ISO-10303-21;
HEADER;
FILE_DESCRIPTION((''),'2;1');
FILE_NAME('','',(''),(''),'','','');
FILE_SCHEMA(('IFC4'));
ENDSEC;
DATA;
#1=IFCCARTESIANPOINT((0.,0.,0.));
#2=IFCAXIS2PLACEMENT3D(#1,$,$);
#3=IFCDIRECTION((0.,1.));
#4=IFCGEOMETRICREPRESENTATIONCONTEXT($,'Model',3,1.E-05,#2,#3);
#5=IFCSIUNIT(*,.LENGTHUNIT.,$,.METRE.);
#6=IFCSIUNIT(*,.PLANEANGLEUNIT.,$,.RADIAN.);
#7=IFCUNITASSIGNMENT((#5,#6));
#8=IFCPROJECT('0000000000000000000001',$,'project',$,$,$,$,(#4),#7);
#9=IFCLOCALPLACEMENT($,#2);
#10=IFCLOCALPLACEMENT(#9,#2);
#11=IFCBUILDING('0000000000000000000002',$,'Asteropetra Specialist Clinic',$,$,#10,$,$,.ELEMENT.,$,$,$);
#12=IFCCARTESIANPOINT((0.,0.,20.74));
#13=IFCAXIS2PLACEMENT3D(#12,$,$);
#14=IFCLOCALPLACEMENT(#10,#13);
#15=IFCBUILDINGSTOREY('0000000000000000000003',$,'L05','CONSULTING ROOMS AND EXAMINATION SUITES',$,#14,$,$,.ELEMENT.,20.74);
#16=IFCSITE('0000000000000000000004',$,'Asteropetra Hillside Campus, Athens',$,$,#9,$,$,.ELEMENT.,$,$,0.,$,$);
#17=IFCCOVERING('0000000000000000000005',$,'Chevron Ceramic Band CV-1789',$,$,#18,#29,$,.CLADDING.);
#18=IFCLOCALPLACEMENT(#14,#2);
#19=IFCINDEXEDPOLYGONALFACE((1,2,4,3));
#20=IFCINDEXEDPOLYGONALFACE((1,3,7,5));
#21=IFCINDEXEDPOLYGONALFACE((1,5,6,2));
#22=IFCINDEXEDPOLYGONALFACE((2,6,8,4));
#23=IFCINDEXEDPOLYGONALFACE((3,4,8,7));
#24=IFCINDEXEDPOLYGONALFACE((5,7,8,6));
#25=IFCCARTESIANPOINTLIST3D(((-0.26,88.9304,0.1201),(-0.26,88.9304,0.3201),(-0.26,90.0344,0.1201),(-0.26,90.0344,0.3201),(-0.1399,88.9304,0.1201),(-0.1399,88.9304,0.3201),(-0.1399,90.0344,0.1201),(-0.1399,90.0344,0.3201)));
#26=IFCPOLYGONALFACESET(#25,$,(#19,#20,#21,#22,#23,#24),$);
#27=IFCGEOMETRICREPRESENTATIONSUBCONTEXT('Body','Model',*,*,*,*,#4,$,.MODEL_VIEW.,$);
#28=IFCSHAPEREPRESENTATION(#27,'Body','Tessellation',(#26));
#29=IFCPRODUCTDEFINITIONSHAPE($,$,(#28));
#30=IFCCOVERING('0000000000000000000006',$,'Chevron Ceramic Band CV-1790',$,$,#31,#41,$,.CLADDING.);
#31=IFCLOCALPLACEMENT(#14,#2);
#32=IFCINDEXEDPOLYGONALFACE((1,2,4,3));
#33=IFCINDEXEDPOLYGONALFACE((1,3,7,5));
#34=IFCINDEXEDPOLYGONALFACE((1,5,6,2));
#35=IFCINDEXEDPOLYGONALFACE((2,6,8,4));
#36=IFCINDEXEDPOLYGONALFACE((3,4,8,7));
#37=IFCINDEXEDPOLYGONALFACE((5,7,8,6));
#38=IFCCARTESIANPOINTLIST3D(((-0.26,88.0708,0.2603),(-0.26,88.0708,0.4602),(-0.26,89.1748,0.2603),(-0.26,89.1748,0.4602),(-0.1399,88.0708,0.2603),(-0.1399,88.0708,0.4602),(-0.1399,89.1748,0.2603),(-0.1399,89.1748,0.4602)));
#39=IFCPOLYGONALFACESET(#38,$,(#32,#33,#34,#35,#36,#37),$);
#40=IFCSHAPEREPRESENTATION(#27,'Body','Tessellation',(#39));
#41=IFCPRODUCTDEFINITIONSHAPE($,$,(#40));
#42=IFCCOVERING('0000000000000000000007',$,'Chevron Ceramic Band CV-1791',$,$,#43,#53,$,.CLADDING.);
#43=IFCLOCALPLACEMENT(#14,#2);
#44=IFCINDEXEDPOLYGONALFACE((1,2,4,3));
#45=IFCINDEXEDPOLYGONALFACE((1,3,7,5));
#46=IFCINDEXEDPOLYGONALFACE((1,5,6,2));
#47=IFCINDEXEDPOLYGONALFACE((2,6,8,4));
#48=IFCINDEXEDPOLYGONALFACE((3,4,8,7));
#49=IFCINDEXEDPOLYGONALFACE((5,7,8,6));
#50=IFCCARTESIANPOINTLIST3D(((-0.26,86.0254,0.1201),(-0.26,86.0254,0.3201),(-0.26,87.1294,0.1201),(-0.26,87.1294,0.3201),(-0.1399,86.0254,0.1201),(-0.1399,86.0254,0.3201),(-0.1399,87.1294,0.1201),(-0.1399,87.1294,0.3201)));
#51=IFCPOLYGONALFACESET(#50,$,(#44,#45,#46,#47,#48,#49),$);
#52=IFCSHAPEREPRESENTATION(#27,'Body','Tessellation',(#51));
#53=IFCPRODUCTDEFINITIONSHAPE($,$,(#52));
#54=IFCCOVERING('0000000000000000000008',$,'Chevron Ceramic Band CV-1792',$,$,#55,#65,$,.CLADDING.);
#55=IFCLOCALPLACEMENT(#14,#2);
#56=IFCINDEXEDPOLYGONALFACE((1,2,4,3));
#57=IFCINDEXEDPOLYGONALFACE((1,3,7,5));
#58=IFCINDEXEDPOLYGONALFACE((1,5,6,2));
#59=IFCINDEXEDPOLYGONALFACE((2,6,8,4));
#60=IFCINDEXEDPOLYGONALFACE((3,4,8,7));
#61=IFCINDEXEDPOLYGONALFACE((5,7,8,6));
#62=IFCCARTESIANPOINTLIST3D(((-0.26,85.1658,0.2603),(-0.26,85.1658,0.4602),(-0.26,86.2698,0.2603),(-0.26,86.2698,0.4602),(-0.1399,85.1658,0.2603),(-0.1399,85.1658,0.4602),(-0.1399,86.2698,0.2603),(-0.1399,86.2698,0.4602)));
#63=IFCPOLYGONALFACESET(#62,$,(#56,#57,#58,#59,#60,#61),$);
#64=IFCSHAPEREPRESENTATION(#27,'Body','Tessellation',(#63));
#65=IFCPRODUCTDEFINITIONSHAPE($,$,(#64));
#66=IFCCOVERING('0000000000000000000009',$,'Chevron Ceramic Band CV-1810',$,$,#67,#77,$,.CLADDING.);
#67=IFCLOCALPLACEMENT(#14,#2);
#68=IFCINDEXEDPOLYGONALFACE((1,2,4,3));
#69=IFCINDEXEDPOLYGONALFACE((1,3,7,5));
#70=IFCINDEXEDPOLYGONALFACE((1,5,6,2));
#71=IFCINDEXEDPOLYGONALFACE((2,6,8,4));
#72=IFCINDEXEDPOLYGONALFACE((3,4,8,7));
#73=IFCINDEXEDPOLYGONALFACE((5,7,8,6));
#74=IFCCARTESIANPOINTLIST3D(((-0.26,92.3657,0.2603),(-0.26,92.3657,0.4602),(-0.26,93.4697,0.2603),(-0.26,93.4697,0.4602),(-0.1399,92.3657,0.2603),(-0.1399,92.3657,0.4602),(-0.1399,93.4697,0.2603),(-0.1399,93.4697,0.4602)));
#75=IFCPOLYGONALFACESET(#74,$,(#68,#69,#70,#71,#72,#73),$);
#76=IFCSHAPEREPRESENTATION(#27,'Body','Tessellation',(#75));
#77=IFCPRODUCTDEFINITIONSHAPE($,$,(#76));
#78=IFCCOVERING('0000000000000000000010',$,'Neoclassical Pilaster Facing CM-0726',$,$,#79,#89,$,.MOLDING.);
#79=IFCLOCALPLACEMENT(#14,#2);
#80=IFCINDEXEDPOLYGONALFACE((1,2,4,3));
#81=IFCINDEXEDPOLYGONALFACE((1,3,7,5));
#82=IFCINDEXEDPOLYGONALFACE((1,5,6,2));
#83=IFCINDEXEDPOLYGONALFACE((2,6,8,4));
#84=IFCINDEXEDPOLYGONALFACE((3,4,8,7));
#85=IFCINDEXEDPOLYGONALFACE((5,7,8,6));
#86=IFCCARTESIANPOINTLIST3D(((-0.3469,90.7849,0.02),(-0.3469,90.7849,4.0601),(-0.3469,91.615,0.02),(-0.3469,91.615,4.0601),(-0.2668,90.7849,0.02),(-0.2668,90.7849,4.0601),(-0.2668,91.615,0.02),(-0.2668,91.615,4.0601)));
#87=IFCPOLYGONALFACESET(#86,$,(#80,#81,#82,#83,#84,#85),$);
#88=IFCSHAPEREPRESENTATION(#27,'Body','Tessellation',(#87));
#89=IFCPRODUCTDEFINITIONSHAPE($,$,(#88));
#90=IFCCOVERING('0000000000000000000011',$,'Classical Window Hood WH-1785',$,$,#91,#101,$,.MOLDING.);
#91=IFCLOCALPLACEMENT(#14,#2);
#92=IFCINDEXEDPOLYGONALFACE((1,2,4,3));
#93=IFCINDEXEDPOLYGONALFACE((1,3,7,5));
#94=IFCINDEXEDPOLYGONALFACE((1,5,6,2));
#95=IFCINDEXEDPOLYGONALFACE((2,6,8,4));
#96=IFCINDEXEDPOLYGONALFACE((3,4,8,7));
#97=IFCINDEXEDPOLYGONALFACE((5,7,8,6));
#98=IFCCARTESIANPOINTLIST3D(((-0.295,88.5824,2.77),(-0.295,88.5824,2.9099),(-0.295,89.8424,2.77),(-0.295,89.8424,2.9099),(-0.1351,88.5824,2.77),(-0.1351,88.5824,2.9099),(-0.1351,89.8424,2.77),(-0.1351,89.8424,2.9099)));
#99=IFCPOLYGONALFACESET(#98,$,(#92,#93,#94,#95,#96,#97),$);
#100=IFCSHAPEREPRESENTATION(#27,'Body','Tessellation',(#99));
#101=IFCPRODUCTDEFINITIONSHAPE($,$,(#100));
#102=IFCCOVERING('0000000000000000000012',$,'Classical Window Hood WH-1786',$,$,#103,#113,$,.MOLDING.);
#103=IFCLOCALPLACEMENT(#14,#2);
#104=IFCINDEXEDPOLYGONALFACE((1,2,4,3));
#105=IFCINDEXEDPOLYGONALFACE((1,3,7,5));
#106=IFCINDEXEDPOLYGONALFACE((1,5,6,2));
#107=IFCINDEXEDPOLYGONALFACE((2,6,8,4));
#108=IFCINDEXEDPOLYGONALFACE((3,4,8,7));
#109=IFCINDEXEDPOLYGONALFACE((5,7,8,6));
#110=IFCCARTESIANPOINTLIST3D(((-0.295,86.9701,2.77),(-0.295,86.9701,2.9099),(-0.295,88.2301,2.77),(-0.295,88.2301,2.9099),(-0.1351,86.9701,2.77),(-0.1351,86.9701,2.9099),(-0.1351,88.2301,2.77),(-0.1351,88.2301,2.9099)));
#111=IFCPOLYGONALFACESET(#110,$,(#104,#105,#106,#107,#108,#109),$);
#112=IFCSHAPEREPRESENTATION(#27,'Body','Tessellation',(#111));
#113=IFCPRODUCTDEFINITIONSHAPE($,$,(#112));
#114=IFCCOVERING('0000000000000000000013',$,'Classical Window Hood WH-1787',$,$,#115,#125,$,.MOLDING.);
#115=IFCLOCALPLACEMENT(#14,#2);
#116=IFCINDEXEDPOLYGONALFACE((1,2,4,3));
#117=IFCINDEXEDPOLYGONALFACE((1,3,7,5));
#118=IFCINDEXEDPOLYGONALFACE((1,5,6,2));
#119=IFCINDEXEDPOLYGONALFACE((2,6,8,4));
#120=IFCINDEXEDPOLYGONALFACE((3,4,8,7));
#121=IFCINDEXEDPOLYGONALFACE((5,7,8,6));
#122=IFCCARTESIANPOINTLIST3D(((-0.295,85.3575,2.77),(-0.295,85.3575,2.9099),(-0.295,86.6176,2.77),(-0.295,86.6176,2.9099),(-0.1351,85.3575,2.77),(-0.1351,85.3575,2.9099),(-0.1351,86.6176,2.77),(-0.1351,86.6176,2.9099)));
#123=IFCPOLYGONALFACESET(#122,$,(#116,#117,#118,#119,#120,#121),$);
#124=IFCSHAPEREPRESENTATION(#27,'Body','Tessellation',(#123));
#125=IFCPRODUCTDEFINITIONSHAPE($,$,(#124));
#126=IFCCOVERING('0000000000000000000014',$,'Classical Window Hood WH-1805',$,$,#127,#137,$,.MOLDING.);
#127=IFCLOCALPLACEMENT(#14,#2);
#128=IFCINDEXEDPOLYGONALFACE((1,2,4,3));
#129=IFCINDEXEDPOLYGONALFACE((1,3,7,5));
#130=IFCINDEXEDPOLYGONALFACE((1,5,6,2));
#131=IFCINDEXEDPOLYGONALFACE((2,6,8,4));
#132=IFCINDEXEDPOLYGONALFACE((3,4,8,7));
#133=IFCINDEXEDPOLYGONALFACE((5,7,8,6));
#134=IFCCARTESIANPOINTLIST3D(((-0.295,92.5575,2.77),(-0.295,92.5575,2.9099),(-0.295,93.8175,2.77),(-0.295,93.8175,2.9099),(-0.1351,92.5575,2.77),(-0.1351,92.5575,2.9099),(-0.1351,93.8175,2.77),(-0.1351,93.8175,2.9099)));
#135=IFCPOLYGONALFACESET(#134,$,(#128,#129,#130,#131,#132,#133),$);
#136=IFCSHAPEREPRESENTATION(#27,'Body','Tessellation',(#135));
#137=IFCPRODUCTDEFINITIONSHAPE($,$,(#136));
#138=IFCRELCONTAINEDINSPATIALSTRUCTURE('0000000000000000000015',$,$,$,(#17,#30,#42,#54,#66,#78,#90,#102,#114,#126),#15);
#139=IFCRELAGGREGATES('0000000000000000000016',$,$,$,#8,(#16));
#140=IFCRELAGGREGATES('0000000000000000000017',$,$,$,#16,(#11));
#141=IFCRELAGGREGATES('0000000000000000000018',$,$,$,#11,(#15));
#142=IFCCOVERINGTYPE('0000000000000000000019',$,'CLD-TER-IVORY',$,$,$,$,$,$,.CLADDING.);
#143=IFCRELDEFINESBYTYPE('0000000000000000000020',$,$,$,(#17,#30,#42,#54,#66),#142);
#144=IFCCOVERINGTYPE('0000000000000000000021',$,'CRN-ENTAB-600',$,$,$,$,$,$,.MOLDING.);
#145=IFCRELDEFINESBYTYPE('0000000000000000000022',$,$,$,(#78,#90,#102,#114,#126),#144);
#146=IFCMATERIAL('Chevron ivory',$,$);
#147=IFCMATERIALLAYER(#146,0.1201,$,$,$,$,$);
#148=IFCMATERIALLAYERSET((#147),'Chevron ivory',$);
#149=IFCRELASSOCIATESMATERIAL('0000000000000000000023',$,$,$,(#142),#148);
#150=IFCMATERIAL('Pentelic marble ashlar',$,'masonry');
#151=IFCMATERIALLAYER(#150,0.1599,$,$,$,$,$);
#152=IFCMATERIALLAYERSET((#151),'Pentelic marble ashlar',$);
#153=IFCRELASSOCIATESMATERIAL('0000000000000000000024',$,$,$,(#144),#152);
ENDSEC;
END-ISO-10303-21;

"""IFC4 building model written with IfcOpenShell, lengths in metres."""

from ifc_helpers import new_model, si_unit, direction, frame, origin, origin_2d, place, context, subcontext, project, spatial, rectangle, extrude, material, layer, layer_set, type_object, element, save


model = new_model("IFC4")

# Units and contexts
model_context = context("Model", 3, precision=1e-05, world=origin(), true_north=direction((0.0, 1.0)))
body_context = subcontext(model_context, "Body", "Model", "MODEL_VIEW")
ifc_project = project(units=[si_unit("LENGTHUNIT", "METRE"), si_unit("PLANEANGLEUNIT", "RADIAN")], contexts=[model_context])

# Site, building, storey
site_placement = place(None, origin())
site = spatial("IfcSite", under=ifc_project, at=site_placement, Name="Asteropetra Hillside Campus, Athens", CompositionType="ELEMENT", RefElevation=0.0)
building_placement = place(site_placement, origin())
building = spatial("IfcBuilding", under=site, at=building_placement, Name="Asteropetra Specialist Clinic", CompositionType="ELEMENT")
storey_placement = place(building_placement, frame((0.0, 0.0, 20.74)))
storey = spatial("IfcBuildingStorey", under=building, at=storey_placement, Name="L05", Description="CONSULTING ROOMS AND EXAMINATION SUITES", CompositionType="ELEMENT", Elevation=20.74)

# Coverings
ifc_material_1 = material(Name="Chevron ivory")
ifc_layer_1 = layer(ifc_material_1, 0.1201)
ifc_layer_set_1 = layer_set([ifc_layer_1], Name="Chevron ivory")
covering_type_1 = type_object("IfcCoveringType", Name="CLD-TER-IVORY", PredefinedType="CLADDING", material=ifc_layer_set_1)
for number, where, z_axis, x_axis, name in (
    (1, (-0.2, 89.4824, 0.1201), (0.0, 0.0, 1.0), (1.0, 0.0, 0.0), "Chevron Ceramic Band CV-1789"),
    (2, (-0.2, 88.6228, 0.2603), (0.0, 0.0, 1.0), (1.0, 0.0, 0.0), "Chevron Ceramic Band CV-1790"),
    (3, (-0.2, 86.5774, 0.1201), (0.0, 0.0, 1.0), (1.0, 0.0, 0.0), "Chevron Ceramic Band CV-1791"),
    (4, (-0.2, 85.7178, 0.2603), (0.0, 0.0, 1.0), (1.0, 0.0, 0.0), "Chevron Ceramic Band CV-1792"),
    (5, (-0.2, 92.9177, 0.2603), (0.0, 0.0, 1.0), (1.0, 0.0, 0.0), "Chevron Ceramic Band CV-1810"),
):
    element("IfcCovering", number, at=place(storey_placement, frame(where, z_axis=z_axis, x_axis=x_axis)), inside=storey, type_object=covering_type_1, Name=name, PredefinedType="CLADDING", context=body_context, shape_type="SweptSolid", body=[
        extrude(rectangle(XDim=0.1201, YDim=1.104, at=origin_2d()), origin(), (0.0, 0.0, 1.0), 0.2),
    ])
ifc_material_2 = material(Name="Pentelic marble ashlar", Category="masonry")
ifc_layer_2 = layer(ifc_material_2, 0.1599)
ifc_layer_set_2 = layer_set([ifc_layer_2], Name="Pentelic marble ashlar")
covering_type_2 = type_object("IfcCoveringType", Name="CRN-ENTAB-600", PredefinedType="MOLDING", material=ifc_layer_set_2)
covering_1_placement = place(storey_placement, frame((-0.3069, 91.2, 0.02), z_axis=(0.0, 0.0, 1.0), x_axis=(1.0, 0.0, 0.0)))
element("IfcCovering", 6, at=covering_1_placement, inside=storey, type_object=covering_type_2, Name="Neoclassical Pilaster Facing CM-0726", PredefinedType="MOLDING", context=body_context, shape_type="SweptSolid", body=[
    extrude(rectangle(XDim=0.0801, YDim=0.8301, at=origin_2d()), origin(), (0.0, 0.0, 1.0), 4.04),
])
for number, where, z_axis, x_axis, name in (
    (7, (-0.2151, 89.2124, 2.77), (0.0, 0.0, 1.0), (1.0, 0.0, 0.0), "Classical Window Hood WH-1785"),
    (8, (-0.2151, 87.6001, 2.77), (0.0, 0.0, 1.0), (1.0, 0.0, 0.0), "Classical Window Hood WH-1786"),
    (9, (-0.2151, 85.9875, 2.77), (0.0, 0.0, 1.0), (1.0, 0.0, 0.0), "Classical Window Hood WH-1787"),
    (10, (-0.2151, 93.1875, 2.77), (0.0, 0.0, 1.0), (1.0, 0.0, 0.0), "Classical Window Hood WH-1805"),
):
    element("IfcCovering", number, at=place(storey_placement, frame(where, z_axis=z_axis, x_axis=x_axis)), inside=storey, type_object=covering_type_2, Name=name, PredefinedType="MOLDING", context=body_context, shape_type="SweptSolid", body=[
        extrude(rectangle(XDim=0.1599, YDim=1.26, at=origin_2d()), origin(), (0.0, 0.0, 1.0), 0.1399),
    ])

save(model, "model.ifc")
